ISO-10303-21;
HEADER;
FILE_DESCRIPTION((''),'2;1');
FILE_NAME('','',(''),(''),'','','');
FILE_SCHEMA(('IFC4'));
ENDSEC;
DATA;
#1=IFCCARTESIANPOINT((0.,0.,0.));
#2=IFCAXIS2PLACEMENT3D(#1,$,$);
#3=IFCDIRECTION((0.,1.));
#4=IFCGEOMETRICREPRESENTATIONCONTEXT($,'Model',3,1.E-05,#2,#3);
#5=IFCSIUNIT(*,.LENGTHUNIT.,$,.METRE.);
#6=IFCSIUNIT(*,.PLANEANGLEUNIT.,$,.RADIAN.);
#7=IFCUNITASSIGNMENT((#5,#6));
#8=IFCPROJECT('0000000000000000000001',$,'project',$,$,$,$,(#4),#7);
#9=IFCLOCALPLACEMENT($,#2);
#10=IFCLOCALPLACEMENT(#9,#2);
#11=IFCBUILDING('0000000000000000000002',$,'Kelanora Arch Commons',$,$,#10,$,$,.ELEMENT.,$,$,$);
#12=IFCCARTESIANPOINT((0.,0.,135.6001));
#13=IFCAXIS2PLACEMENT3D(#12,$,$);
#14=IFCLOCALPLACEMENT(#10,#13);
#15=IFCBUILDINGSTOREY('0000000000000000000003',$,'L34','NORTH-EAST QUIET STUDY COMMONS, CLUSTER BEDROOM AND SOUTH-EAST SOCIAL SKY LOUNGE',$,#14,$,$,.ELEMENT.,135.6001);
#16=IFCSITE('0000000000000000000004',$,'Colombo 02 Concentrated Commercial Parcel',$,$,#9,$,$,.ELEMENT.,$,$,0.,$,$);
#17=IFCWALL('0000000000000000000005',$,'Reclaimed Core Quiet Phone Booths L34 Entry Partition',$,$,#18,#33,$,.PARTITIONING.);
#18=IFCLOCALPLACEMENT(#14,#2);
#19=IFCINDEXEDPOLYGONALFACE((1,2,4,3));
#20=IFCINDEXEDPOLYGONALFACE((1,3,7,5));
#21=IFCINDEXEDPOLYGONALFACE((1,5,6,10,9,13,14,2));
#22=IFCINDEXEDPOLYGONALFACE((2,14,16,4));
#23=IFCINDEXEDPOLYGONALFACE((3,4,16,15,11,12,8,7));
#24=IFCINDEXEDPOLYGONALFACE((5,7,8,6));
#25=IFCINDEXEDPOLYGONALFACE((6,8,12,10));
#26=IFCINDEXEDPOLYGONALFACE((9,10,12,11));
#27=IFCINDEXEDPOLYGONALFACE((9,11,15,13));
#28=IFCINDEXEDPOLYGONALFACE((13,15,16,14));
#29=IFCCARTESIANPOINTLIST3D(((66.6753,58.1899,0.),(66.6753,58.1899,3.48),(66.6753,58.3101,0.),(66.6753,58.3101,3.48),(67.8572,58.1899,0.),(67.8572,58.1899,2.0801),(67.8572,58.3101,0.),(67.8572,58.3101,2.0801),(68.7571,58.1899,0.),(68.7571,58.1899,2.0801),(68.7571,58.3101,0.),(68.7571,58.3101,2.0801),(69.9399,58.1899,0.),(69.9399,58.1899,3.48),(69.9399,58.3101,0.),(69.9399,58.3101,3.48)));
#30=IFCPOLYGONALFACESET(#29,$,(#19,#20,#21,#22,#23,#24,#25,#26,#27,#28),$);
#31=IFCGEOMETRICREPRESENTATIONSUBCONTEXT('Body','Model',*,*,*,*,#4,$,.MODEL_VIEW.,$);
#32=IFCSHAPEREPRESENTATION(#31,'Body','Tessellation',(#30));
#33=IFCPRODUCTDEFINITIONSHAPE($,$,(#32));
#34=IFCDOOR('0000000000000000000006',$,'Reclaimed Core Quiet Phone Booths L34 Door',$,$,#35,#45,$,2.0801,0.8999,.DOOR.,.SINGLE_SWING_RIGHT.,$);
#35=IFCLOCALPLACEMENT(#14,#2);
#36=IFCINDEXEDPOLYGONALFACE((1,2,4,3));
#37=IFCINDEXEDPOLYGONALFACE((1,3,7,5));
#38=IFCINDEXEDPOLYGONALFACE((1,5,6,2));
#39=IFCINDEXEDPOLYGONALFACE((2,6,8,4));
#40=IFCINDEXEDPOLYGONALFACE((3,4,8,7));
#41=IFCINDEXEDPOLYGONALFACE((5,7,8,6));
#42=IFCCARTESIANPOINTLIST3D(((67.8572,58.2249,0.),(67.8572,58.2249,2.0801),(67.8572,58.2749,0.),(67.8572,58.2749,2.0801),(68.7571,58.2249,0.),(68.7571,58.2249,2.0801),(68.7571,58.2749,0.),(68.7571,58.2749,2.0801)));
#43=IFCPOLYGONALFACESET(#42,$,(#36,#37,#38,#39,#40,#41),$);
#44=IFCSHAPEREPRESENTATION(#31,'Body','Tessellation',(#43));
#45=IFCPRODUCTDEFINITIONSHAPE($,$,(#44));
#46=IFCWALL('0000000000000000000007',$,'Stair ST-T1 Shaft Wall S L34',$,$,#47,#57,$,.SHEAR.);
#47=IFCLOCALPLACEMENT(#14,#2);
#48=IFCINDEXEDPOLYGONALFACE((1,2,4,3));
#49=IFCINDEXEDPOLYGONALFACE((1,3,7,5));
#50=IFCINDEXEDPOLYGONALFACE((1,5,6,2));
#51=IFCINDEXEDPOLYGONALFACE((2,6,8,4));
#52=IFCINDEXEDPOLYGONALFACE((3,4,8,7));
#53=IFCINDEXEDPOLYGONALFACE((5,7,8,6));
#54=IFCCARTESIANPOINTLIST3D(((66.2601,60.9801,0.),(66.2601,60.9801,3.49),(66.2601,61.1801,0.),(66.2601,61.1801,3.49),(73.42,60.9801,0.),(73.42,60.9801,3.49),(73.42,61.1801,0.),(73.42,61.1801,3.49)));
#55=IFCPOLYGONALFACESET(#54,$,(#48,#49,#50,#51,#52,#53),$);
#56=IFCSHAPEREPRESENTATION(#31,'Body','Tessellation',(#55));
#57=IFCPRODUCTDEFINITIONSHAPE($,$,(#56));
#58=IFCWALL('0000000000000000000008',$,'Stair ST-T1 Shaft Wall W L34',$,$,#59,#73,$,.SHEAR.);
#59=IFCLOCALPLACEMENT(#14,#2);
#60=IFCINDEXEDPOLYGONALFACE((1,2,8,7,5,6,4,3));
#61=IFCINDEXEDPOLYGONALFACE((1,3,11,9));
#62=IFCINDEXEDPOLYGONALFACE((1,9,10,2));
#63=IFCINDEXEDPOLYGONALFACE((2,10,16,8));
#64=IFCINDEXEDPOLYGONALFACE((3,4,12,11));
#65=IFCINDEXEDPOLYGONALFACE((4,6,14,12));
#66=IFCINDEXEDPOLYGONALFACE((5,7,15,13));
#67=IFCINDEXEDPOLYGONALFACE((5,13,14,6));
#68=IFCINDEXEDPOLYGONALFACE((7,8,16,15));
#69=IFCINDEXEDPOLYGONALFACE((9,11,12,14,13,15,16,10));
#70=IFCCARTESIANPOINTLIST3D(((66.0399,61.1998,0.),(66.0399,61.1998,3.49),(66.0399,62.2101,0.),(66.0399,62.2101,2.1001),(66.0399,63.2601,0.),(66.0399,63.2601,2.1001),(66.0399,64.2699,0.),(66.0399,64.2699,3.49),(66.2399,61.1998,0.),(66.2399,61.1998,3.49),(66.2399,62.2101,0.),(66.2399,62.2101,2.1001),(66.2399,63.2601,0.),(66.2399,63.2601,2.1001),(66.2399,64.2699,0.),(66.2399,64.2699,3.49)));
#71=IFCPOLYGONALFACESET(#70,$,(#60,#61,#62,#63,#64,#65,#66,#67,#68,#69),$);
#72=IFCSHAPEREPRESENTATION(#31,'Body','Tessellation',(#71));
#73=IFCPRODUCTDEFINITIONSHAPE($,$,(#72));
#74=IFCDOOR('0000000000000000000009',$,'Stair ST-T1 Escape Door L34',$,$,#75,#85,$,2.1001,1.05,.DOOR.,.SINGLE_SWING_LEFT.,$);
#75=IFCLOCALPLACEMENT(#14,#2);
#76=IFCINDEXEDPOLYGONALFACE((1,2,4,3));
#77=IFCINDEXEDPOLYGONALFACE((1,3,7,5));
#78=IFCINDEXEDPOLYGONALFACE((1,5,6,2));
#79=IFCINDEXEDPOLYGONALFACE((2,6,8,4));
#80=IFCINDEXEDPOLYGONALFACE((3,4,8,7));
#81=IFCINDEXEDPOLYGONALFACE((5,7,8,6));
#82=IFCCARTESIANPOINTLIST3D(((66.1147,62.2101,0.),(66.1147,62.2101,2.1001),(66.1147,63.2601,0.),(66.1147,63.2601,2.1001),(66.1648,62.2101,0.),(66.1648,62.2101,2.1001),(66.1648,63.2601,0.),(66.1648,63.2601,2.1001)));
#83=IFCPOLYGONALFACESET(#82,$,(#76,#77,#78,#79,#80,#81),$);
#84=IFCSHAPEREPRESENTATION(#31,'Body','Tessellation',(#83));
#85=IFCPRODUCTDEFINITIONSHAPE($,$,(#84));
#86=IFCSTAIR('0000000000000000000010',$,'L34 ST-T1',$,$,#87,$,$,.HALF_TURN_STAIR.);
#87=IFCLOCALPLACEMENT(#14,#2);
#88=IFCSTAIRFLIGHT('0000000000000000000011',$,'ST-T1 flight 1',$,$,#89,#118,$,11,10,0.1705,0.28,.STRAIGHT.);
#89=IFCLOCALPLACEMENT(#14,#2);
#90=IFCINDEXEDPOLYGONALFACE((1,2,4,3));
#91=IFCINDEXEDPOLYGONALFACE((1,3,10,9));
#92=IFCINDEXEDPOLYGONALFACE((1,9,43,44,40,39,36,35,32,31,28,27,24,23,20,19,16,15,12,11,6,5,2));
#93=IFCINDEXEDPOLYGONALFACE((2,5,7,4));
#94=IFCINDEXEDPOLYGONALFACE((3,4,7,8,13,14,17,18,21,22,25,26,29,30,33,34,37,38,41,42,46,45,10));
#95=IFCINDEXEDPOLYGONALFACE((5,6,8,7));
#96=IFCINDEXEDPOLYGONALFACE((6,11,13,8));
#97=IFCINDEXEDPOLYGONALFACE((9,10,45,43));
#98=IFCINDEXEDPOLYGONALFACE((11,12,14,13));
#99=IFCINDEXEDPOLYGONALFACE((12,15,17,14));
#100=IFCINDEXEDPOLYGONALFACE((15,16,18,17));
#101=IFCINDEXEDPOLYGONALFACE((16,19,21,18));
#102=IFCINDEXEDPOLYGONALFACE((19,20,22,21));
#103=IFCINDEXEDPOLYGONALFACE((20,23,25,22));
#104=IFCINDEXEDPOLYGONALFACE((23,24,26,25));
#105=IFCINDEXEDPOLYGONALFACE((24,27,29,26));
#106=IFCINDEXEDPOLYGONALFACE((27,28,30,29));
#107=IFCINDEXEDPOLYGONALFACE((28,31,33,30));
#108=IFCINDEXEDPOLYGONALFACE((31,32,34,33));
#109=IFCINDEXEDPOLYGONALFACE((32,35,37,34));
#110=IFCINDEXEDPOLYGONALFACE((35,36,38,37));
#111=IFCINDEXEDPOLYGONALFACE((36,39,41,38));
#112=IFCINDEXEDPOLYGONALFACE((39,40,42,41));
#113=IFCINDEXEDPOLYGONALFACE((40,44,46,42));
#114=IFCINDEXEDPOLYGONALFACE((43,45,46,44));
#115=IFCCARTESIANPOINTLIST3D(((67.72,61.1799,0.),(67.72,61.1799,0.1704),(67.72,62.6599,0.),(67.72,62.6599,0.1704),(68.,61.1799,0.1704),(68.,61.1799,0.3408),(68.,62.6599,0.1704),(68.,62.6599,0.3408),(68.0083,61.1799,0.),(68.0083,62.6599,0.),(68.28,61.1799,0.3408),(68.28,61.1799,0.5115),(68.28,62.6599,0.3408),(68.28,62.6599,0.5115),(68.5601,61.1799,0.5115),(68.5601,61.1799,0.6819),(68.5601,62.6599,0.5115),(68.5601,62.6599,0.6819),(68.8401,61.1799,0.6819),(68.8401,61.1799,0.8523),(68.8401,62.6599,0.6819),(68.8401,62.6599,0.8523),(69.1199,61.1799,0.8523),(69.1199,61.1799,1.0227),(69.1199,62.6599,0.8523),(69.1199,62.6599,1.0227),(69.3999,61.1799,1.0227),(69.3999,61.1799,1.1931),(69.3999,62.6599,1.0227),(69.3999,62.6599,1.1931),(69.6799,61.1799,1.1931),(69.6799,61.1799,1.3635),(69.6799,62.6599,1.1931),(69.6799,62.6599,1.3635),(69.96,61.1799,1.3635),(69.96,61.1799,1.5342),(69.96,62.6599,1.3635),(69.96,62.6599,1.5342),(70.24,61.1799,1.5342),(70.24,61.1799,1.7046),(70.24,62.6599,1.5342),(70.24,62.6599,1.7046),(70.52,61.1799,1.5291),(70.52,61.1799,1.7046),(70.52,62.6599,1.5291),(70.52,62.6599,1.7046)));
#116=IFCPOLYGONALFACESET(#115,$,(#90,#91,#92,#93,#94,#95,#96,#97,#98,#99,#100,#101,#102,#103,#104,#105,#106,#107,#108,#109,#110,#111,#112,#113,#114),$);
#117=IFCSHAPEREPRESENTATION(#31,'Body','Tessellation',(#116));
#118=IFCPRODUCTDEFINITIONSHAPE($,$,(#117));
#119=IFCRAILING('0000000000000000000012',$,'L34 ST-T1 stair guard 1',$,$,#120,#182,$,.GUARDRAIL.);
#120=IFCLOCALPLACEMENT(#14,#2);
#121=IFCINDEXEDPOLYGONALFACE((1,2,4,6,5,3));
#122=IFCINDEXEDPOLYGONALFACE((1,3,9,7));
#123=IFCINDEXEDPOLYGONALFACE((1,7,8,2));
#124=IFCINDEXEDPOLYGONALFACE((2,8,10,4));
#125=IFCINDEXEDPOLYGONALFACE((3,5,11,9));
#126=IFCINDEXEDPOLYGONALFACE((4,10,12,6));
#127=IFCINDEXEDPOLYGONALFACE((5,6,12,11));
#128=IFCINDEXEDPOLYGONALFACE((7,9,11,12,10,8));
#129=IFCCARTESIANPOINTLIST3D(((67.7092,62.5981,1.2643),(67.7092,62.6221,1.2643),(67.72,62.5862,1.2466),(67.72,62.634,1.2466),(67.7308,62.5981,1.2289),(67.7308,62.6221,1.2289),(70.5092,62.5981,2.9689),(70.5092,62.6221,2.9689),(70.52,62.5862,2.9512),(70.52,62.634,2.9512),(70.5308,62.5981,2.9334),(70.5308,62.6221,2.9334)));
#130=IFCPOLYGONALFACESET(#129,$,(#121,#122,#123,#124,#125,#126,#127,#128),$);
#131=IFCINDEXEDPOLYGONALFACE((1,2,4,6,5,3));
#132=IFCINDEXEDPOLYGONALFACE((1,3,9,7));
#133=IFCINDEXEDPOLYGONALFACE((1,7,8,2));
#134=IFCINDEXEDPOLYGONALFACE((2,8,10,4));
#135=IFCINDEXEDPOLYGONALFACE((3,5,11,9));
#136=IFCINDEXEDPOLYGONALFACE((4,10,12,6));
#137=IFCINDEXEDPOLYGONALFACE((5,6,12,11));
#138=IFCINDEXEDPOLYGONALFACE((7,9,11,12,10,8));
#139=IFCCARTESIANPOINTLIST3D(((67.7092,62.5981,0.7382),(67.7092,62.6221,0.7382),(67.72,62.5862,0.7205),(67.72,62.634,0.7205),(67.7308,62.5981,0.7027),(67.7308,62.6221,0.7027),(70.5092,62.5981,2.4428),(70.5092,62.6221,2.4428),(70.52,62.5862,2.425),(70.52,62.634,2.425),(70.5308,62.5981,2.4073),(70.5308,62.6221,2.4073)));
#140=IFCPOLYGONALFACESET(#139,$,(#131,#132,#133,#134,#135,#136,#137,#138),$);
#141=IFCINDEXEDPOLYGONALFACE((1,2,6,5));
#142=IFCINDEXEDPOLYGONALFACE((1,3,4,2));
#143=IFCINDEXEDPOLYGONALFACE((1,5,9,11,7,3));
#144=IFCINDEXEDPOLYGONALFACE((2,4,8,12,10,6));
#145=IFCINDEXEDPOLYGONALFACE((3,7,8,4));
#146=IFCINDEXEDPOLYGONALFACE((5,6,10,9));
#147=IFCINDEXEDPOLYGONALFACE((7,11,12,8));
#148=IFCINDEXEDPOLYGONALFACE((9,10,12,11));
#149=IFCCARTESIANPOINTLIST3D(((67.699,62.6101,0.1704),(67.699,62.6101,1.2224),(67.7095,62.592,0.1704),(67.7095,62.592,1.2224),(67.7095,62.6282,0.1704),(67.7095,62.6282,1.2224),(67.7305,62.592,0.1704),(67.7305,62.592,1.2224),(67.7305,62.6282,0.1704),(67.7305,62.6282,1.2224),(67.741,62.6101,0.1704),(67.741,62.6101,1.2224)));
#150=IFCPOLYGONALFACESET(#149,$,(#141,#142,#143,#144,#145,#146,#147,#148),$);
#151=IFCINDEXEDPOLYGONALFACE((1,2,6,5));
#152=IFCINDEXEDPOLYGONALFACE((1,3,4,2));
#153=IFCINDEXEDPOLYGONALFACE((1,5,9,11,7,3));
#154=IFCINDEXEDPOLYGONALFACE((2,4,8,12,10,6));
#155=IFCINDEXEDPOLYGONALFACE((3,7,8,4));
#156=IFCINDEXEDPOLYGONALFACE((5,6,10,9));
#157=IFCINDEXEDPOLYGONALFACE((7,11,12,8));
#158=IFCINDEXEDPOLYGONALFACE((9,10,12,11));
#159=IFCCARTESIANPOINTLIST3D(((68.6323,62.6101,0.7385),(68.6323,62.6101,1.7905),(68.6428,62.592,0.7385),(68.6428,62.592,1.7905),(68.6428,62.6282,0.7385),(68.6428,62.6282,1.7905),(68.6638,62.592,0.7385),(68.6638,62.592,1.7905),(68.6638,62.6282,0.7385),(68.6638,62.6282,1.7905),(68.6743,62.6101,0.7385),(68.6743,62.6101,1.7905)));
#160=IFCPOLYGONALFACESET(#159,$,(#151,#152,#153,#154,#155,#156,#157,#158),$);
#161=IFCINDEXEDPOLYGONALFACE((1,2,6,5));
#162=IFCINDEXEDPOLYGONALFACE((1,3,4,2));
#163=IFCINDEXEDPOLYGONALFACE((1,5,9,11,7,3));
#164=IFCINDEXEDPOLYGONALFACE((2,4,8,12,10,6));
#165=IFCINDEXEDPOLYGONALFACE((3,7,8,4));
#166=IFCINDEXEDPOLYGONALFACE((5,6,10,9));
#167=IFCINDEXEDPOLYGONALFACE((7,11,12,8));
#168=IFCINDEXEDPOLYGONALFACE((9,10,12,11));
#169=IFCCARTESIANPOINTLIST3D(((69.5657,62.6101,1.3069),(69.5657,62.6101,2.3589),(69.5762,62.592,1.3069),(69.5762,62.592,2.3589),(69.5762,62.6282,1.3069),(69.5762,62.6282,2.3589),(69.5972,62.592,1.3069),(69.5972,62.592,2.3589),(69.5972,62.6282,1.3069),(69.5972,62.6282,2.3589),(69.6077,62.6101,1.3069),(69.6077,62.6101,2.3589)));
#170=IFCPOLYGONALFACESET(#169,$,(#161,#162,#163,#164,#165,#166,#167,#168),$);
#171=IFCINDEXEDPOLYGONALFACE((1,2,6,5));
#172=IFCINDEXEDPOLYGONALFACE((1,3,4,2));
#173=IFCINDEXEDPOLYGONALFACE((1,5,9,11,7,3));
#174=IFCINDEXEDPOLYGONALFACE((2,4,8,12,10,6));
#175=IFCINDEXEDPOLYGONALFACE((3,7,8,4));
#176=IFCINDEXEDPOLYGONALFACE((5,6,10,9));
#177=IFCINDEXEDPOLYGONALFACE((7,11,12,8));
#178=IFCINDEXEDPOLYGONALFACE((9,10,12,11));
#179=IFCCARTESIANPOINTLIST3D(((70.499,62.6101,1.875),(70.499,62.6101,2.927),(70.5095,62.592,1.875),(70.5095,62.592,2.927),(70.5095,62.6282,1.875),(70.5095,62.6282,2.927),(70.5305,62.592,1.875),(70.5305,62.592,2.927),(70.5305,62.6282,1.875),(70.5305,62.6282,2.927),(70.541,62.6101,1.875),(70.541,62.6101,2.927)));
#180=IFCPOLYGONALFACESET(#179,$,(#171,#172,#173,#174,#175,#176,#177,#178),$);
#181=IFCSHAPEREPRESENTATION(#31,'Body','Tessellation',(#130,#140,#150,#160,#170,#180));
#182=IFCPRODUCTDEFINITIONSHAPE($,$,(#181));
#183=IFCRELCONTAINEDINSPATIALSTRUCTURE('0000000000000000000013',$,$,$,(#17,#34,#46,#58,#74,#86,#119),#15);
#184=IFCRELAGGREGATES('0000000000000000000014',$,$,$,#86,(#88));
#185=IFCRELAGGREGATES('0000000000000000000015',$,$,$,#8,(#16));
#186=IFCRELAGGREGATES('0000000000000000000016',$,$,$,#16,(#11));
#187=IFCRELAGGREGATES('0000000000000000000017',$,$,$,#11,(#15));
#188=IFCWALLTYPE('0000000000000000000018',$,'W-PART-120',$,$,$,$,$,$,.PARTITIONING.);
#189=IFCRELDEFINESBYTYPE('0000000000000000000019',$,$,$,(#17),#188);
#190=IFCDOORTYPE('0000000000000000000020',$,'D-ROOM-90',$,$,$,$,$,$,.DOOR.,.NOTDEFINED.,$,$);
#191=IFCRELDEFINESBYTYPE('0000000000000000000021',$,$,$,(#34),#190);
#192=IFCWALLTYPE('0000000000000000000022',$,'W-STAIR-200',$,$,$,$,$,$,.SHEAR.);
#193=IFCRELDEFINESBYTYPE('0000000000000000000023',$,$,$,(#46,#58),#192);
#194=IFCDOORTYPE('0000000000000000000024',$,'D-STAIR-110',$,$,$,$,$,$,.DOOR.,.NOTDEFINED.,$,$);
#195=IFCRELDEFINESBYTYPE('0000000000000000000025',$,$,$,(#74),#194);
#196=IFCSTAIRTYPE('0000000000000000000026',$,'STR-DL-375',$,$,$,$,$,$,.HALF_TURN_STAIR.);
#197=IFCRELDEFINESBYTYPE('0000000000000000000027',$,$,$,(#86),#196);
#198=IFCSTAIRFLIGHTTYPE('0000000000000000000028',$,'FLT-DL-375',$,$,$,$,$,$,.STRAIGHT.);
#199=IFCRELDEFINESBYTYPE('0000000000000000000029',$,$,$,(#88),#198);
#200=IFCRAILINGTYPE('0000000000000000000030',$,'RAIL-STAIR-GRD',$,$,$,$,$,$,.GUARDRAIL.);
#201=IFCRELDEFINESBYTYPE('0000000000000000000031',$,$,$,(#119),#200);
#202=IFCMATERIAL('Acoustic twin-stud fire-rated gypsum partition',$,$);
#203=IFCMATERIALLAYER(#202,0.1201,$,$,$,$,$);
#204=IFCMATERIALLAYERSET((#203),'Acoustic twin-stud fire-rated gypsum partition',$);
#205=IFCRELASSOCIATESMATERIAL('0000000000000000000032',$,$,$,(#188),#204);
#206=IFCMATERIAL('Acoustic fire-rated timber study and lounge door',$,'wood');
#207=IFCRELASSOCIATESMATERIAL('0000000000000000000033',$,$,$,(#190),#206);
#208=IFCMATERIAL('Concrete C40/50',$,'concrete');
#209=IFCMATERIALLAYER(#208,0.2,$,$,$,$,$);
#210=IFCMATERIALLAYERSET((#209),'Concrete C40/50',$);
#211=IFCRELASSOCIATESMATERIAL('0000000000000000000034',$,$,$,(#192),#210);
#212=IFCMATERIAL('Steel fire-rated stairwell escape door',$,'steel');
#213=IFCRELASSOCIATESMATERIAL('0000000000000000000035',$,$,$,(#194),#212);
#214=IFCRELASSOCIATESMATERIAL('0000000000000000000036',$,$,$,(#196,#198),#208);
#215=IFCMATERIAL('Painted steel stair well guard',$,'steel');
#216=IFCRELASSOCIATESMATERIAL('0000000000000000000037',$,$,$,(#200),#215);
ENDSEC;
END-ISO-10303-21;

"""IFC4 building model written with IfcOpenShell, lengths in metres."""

from ifc_helpers import new_model, si_unit, direction, frame, frame_2d, origin, place, context, subcontext, project, spatial, polyline, rectangle, outline, extrude, material, layer, layer_set, type_object, element, fill, aggregate, save


model = new_model("IFC4")

# Units and contexts
model_context = context("Model", 3, precision=1e-05, world=origin(), true_north=direction((0.0, 1.0)))
body_context = subcontext(model_context, "Body", "Model", "MODEL_VIEW")
ifc_project = project(units=[si_unit("LENGTHUNIT", "METRE"), si_unit("PLANEANGLEUNIT", "RADIAN")], contexts=[model_context])

# Site, building, storey
site_placement = place(None, origin())
site = spatial("IfcSite", under=ifc_project, at=site_placement, Name="Colombo 02 Concentrated Commercial Parcel", CompositionType="ELEMENT", RefElevation=0.0)
building_placement = place(site_placement, origin())
building = spatial("IfcBuilding", under=site, at=building_placement, Name="Kelanora Arch Commons", CompositionType="ELEMENT")
storey_placement = place(building_placement, frame((0.0, 0.0, 135.6001)))
storey = spatial("IfcBuildingStorey", under=building, at=storey_placement, Name="L34", Description="NORTH-EAST QUIET STUDY COMMONS, CLUSTER BEDROOM AND SOUTH-EAST SOCIAL SKY LOUNGE", CompositionType="ELEMENT", Elevation=135.6001)

# Wall, opening, door
ifc_material_1 = material(Name="Acoustic twin-stud fire-rated gypsum partition")
ifc_layer_1 = layer(ifc_material_1, 0.1201)
ifc_layer_set_1 = layer_set([ifc_layer_1], Name="Acoustic twin-stud fire-rated gypsum partition")
wall_type_1 = type_object("IfcWallType", Name="W-PART-120", PredefinedType="PARTITIONING", material=ifc_layer_set_1)
wall_1_placement = place(storey_placement, frame((66.6753, 58.25, 0.0), z_axis=(0.0, 0.0, 1.0), x_axis=(1.0, 0.0, 0.0)))
wall_1 = element("IfcWall", 1, at=wall_1_placement, inside=storey, type_object=wall_type_1, Name="Reclaimed Core Quiet Phone Booths L34 Entry Partition", PredefinedType="PARTITIONING", context=body_context, shape_type="SweptSolid", body=[
    extrude(rectangle(XDim=3.2646, YDim=0.1201, at=frame_2d((1.6323, 0.0))), origin(), (0.0, 0.0, 1.0), 3.48),
])
opening_1_placement = place(wall_1_placement, frame((1.1819, 0.0, 0.0)))
opening_1 = element("IfcOpeningElement", 2, at=opening_1_placement, cuts=wall_1, PredefinedType="OPENING", context=body_context, shape_type="SweptSolid", body=[
    extrude(rectangle(XDim=0.8999, YDim=2.0801, at=frame_2d((0.45, 1.04))), frame((0.0, 0.0701, 0.0), z_axis=(0.0, -1.0, 0.0), x_axis=(1.0, 0.0, 0.0)), (0.0, 0.0, 1.0), 0.1401),
])
ifc_material_2 = material(Name="Acoustic fire-rated timber study and lounge door", Category="wood")
door_type_1 = type_object("IfcDoorType", Name="D-ROOM-90", OperationType="NOTDEFINED", PredefinedType="DOOR", material=ifc_material_2)
door_1_placement = place(opening_1_placement, origin())
door_1 = element("IfcDoor", 3, at=door_1_placement, inside=storey, type_object=door_type_1, Name="Reclaimed Core Quiet Phone Booths L34 Door", OperationType="SINGLE_SWING_RIGHT", OverallHeight=2.0801, OverallWidth=0.8999, PredefinedType="DOOR", context=body_context, shape_type="SweptSolid", body=[
    extrude(rectangle(XDim=0.8999, YDim=2.0801, at=frame_2d((0.45, 1.04))), frame((0.0, 0.0249, 0.0), z_axis=(0.0, -1.0, 0.0), x_axis=(1.0, 0.0, 0.0)), (0.0, 0.0, 1.0), 0.05),
])
fill(opening_1, door_1)

# Wall
ifc_material_3 = material(Name="Concrete C40/50", Category="concrete")
ifc_layer_2 = layer(ifc_material_3, 0.2)
ifc_layer_set_2 = layer_set([ifc_layer_2], Name="Concrete C40/50")
wall_type_2 = type_object("IfcWallType", Name="W-STAIR-200", PredefinedType="SHEAR", material=ifc_layer_set_2)
wall_2_placement = place(storey_placement, frame((66.26, 61.0801, 0.0), z_axis=(0.0, 0.0, 1.0), x_axis=(1.0, 0.0, 0.0)))
element("IfcWall", 4, at=wall_2_placement, inside=storey, type_object=wall_type_2, Name="Stair ST-T1 Shaft Wall S L34", PredefinedType="SHEAR", context=body_context, shape_type="SweptSolid", body=[
    extrude(rectangle(XDim=7.1599, YDim=0.2, at=frame_2d((3.5801, 0.0))), origin(), (0.0, 0.0, 1.0), 3.49),
])

# Wall, opening, door
wall_3_placement = place(storey_placement, frame((66.1399, 64.27, 0.0), z_axis=(0.0, 0.0, 1.0), x_axis=(0.0, -1.0, 0.0)))
wall_3 = element("IfcWall", 5, at=wall_3_placement, inside=storey, type_object=wall_type_2, Name="Stair ST-T1 Shaft Wall W L34", PredefinedType="SHEAR", context=body_context, shape_type="SweptSolid", body=[
    extrude(rectangle(XDim=3.0701, YDim=0.2, at=frame_2d((1.5352, 0.0))), origin(), (0.0, 0.0, 1.0), 3.49),
])
opening_2_placement = place(wall_3_placement, frame((1.01, 0.0, 0.0)))
opening_2 = element("IfcOpeningElement", 6, at=opening_2_placement, cuts=wall_3, PredefinedType="OPENING", context=body_context, shape_type="SweptSolid", body=[
    extrude(rectangle(XDim=1.05, YDim=2.1001, at=frame_2d((0.5249, 1.05))), frame((0.0, 0.1099, 0.0), z_axis=(0.0, -1.0, 0.0), x_axis=(1.0, 0.0, 0.0)), (0.0, 0.0, 1.0), 0.22),
])
ifc_material_4 = material(Name="Steel fire-rated stairwell escape door", Category="steel")
door_type_2 = type_object("IfcDoorType", Name="D-STAIR-110", OperationType="NOTDEFINED", PredefinedType="DOOR", material=ifc_material_4)
door_2_placement = place(opening_2_placement, origin())
door_2 = element("IfcDoor", 7, at=door_2_placement, inside=storey, type_object=door_type_2, Name="Stair ST-T1 Escape Door L34", OperationType="SINGLE_SWING_LEFT", OverallHeight=2.1001, OverallWidth=1.05, PredefinedType="DOOR", context=body_context, shape_type="SweptSolid", body=[
    extrude(rectangle(XDim=1.05, YDim=2.1001, at=frame_2d((0.5249, 1.05))), frame((0.0, 0.0249, 0.0), z_axis=(0.0, -1.0, 0.0), x_axis=(1.0, 0.0, 0.0)), (0.0, 0.0, 1.0), 0.05),
])
fill(opening_2, door_2)

# Stair, stair flight
stair_type = type_object("IfcStairType", Name="STR-DL-375", PredefinedType="HALF_TURN_STAIR", material=ifc_material_3)
stair_placement = place(storey_placement, origin())
stair = element("IfcStair", 8, at=stair_placement, inside=storey, type_object=stair_type, Name="L34 ST-T1", PredefinedType="HALF_TURN_STAIR")
stair_flight_type = type_object("IfcStairFlightType", Name="FLT-DL-375", PredefinedType="STRAIGHT", material=ifc_material_3)
stair_flight_placement = place(storey_placement, frame((67.72, 61.9199, 0.0), z_axis=(0.0, 0.0, 1.0), x_axis=(1.0, 0.0, 0.0)))
stair_flight = element("IfcStairFlight", 9, at=stair_flight_placement, type_object=stair_flight_type, Name="ST-T1 flight 1", NumberOfRisers=11, NumberOfTreads=10, PredefinedType="STRAIGHT", RiserHeight=0.1705, TreadLength=0.28, context=body_context, shape_type="SweptSolid", body=[
    extrude(outline(polyline([(0.0, 0.0), (0.0, 0.1704), (0.28, 0.1704), (0.28, 0.3408), (0.5601, 0.3408), (0.5601, 0.5115), (0.8401, 0.5115), (0.8401, 0.6819), (1.1201, 0.6819), (1.1201, 0.8523), (1.3999, 0.8523), (1.3999, 1.0227), (1.6799, 1.0227), (1.6799, 1.1931), (1.96, 1.1931), (1.96, 1.3635), (2.24, 1.3635), (2.24, 1.5342), (2.52, 1.5342), (2.52, 1.7046), (2.8, 1.7046), (2.8, 1.875), (2.8, 1.5291), (0.2883, 0.0), (0.0, 0.0)])), frame((0.0, 0.74, 0.0), z_axis=(0.0, -1.0, 0.0), x_axis=(1.0, 0.0, 0.0)), (0.0, 0.0, 1.0), 1.48),
])
aggregate(stair, [stair_flight])

# Railing
ifc_material_5 = material(Name="Painted steel stair well guard", Category="steel")
railing_type_1 = type_object("IfcRailingType", Name="RAIL-STAIR-GRD", PredefinedType="GUARDRAIL", material=ifc_material_5)
railing_1_placement = place(storey_placement, frame((67.72, 62.6101, 0.1704)))
element("IfcRailing", 10, at=railing_1_placement, inside=storey, type_object=railing_type_1, Name="L34 ST-T1 stair guard 1", PredefinedType="GUARDRAIL", context=body_context, shape_type="SweptSolid", body=[
    extrude(outline(polyline([(0.0239, 0.0), (0.012, 0.0208), (-0.012, 0.0208), (-0.0239, 0.0), (-0.012, -0.0208), (0.012, -0.0208), (0.0239, 0.0)])), frame((0.0, 0.0, 1.0762), z_axis=(0.85417, 0.0, 0.519994), x_axis=(0.0, 1.0, 0.0)), (0.0, 0.0, 1.0), 3.2781),
    extrude(outline(polyline([(0.0239, 0.0), (0.012, 0.0208), (-0.012, 0.0208), (-0.0239, 0.0), (-0.012, -0.0208), (0.012, -0.0208), (0.0239, 0.0)])), frame((0.0, 0.0, 0.55), z_axis=(0.85417, 0.0, 0.519994), x_axis=(0.0, 1.0, 0.0)), (0.0, 0.0, 1.0), 3.2781),
    extrude(outline(polyline([(0.021, 0.0), (0.0105, 0.0181), (-0.0105, 0.0181), (-0.021, 0.0), (-0.0105, -0.0181), (0.0105, -0.0181), (0.021, 0.0)])), origin(), (0.0, 0.0, 1.0), 1.052),
    extrude(outline(polyline([(0.021, 0.0), (0.0105, 0.0181), (-0.0105, 0.0181), (-0.021, 0.0), (-0.0105, -0.0181), (0.0105, -0.0181), (0.021, 0.0)])), frame((0.9333, 0.0, 0.5681)), (0.0, 0.0, 1.0), 1.052),
    extrude(outline(polyline([(0.021, 0.0), (0.0105, 0.0181), (-0.0105, 0.0181), (-0.021, 0.0), (-0.0105, -0.0181), (0.0105, -0.0181), (0.021, 0.0)])), frame((1.8667, 0.0, 1.1365)), (0.0, 0.0, 1.0), 1.052),
    extrude(outline(polyline([(0.021, 0.0), (0.0105, 0.0181), (-0.0105, 0.0181), (-0.021, 0.0), (-0.0105, -0.0181), (0.0105, -0.0181), (0.021, 0.0)])), frame((2.8, 0.0, 1.7046)), (0.0, 0.0, 1.0), 1.052),
])

save(model, "model.ifc")
